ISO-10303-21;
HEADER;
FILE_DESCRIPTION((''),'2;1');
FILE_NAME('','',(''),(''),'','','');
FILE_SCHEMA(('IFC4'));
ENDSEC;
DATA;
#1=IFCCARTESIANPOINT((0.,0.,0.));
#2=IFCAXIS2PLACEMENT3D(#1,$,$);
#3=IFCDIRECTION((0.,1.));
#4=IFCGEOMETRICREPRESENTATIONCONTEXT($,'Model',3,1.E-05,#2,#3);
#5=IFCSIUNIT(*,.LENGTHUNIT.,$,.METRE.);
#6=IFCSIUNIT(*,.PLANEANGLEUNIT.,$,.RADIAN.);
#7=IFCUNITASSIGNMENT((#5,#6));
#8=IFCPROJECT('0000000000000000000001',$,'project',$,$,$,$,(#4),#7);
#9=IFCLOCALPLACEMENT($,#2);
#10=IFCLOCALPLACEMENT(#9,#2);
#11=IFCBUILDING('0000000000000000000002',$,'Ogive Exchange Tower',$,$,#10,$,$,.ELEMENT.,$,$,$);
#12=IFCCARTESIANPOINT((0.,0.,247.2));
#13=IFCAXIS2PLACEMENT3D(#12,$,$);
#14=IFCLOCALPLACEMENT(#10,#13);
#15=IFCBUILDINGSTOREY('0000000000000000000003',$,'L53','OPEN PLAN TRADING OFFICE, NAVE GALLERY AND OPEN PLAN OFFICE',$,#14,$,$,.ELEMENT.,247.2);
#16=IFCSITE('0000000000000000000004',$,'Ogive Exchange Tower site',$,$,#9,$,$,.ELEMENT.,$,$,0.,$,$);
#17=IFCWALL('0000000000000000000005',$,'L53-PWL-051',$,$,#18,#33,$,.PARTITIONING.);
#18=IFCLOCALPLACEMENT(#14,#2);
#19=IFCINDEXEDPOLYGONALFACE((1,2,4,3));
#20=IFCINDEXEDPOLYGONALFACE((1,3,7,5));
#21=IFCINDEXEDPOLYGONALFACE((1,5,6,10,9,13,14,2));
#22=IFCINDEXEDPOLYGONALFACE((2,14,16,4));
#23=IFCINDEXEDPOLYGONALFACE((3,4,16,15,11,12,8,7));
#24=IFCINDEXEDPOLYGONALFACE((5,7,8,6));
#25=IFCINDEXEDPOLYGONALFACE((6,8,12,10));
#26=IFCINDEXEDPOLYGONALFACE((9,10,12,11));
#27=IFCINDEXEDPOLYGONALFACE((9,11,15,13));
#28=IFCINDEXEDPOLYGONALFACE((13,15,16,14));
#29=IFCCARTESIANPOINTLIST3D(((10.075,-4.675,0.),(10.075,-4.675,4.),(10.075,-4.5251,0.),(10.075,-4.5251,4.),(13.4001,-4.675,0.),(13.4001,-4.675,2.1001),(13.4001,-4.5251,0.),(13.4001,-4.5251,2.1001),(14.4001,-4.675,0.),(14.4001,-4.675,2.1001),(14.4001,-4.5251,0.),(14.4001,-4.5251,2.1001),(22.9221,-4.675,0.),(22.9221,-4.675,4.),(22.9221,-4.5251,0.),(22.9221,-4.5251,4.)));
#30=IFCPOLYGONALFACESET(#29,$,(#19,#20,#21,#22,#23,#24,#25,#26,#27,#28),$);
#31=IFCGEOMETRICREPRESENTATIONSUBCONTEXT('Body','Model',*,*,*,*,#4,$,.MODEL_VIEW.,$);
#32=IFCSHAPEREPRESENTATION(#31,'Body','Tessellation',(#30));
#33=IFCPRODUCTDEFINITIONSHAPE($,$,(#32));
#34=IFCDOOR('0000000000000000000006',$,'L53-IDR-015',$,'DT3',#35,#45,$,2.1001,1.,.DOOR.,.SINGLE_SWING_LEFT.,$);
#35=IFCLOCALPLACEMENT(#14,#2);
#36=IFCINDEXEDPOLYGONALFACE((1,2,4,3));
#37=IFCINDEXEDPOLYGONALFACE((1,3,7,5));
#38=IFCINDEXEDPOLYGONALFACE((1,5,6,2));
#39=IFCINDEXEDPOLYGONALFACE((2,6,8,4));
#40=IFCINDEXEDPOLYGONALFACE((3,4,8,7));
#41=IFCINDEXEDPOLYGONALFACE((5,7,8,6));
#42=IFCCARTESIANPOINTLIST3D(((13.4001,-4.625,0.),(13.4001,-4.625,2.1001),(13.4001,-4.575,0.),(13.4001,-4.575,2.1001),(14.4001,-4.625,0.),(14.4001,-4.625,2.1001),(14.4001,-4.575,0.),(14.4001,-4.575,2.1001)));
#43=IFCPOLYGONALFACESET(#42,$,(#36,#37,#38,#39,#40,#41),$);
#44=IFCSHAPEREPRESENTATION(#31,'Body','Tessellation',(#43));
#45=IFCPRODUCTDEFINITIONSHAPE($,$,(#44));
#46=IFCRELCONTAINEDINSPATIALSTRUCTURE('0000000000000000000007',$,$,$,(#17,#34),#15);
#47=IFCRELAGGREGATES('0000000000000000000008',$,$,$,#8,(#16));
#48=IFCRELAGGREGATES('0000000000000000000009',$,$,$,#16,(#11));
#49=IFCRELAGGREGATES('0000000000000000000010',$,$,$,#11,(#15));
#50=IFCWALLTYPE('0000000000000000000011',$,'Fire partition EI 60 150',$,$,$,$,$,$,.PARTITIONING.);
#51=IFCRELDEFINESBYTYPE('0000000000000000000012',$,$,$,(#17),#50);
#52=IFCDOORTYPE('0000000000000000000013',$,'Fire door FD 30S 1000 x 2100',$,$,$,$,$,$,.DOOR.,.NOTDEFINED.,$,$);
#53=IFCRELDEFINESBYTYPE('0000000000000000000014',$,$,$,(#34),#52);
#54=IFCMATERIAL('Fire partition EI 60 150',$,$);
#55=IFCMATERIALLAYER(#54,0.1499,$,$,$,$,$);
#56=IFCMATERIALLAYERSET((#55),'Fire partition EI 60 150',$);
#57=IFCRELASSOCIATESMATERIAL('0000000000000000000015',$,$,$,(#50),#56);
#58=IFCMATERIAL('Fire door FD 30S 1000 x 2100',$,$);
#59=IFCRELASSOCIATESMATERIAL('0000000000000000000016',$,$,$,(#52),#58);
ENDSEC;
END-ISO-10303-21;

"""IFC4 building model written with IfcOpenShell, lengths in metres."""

from ifc_helpers import new_model, si_unit, direction, frame, frame_2d, origin, place, context, subcontext, project, spatial, rectangle, extrude, material, layer, layer_set, type_object, element, fill, save


model = new_model("IFC4")

# Units and contexts
model_context = context("Model", 3, precision=1e-05, world=origin(), true_north=direction((0.0, 1.0)))
body_context = subcontext(model_context, "Body", "Model", "MODEL_VIEW")
ifc_project = project(units=[si_unit("LENGTHUNIT", "METRE"), si_unit("PLANEANGLEUNIT", "RADIAN")], contexts=[model_context])

# Site, building, storey
site_placement = place(None, origin())
site = spatial("IfcSite", under=ifc_project, at=site_placement, Name="Ogive Exchange Tower site", CompositionType="ELEMENT", RefElevation=0.0)
building_placement = place(site_placement, origin())
building = spatial("IfcBuilding", under=site, at=building_placement, Name="Ogive Exchange Tower", CompositionType="ELEMENT")
storey_placement = place(building_placement, frame((0.0, 0.0, 247.2)))
storey = spatial("IfcBuildingStorey", under=building, at=storey_placement, Name="L53", Description="OPEN PLAN TRADING OFFICE, NAVE GALLERY AND OPEN PLAN OFFICE", CompositionType="ELEMENT", Elevation=247.2)

# Wall, opening, door
ifc_material_1 = material(Name="Fire partition EI 60 150")
ifc_layer_1 = layer(ifc_material_1, 0.1499)
ifc_layer_set_1 = layer_set([ifc_layer_1], Name="Fire partition EI 60 150")
wall_type_1 = type_object("IfcWallType", Name="Fire partition EI 60 150", PredefinedType="PARTITIONING", material=ifc_layer_set_1)
wall_1_placement = place(storey_placement, frame((22.9221, -4.6001, 0.0), z_axis=(0.0, 0.0, 1.0), x_axis=(-1.0, 0.0, 0.0)))
wall_1 = element("IfcWall", 1, at=wall_1_placement, inside=storey, type_object=wall_type_1, Name="L53-PWL-051", PredefinedType="PARTITIONING", context=body_context, shape_type="SweptSolid", body=[
    extrude(rectangle(XDim=12.8472, YDim=0.1499, at=frame_2d((6.4236, 0.0))), origin(), (0.0, 0.0, 1.0), 4.0),
])
opening_1_placement = place(wall_1_placement, frame((8.522, 0.0, 0.0)))
opening_1 = element("IfcOpeningElement", 2, at=opening_1_placement, cuts=wall_1, PredefinedType="OPENING", context=body_context, shape_type="SweptSolid", body=[
    extrude(rectangle(XDim=1.0, YDim=2.1001, at=frame_2d((0.5, 1.05))), frame((0.0, 0.085, 0.0), z_axis=(0.0, -1.0, 0.0), x_axis=(1.0, 0.0, 0.0)), (0.0, 0.0, 1.0), 0.1699),
])
ifc_material_2 = material(Name="Fire door FD 30S 1000 x 2100")
door_type_1 = type_object("IfcDoorType", Name="Fire door FD 30S 1000 x 2100", OperationType="NOTDEFINED", PredefinedType="DOOR", material=ifc_material_2)
door_1_placement = place(opening_1_placement, origin())
door_1 = element("IfcDoor", 3, at=door_1_placement, inside=storey, type_object=door_type_1, Name="L53-IDR-015", ObjectType="DT3", OperationType="SINGLE_SWING_LEFT", OverallHeight=2.1001, OverallWidth=1.0, PredefinedType="DOOR", context=body_context, shape_type="SweptSolid", body=[
    extrude(rectangle(XDim=1.0, YDim=2.1001, at=frame_2d((0.5, 1.05))), frame((0.0, 0.0249, 0.0), z_axis=(0.0, -1.0, 0.0), x_axis=(1.0, 0.0, 0.0)), (0.0, 0.0, 1.0), 0.05),
])
fill(opening_1, door_1)

save(model, "model.ifc")
